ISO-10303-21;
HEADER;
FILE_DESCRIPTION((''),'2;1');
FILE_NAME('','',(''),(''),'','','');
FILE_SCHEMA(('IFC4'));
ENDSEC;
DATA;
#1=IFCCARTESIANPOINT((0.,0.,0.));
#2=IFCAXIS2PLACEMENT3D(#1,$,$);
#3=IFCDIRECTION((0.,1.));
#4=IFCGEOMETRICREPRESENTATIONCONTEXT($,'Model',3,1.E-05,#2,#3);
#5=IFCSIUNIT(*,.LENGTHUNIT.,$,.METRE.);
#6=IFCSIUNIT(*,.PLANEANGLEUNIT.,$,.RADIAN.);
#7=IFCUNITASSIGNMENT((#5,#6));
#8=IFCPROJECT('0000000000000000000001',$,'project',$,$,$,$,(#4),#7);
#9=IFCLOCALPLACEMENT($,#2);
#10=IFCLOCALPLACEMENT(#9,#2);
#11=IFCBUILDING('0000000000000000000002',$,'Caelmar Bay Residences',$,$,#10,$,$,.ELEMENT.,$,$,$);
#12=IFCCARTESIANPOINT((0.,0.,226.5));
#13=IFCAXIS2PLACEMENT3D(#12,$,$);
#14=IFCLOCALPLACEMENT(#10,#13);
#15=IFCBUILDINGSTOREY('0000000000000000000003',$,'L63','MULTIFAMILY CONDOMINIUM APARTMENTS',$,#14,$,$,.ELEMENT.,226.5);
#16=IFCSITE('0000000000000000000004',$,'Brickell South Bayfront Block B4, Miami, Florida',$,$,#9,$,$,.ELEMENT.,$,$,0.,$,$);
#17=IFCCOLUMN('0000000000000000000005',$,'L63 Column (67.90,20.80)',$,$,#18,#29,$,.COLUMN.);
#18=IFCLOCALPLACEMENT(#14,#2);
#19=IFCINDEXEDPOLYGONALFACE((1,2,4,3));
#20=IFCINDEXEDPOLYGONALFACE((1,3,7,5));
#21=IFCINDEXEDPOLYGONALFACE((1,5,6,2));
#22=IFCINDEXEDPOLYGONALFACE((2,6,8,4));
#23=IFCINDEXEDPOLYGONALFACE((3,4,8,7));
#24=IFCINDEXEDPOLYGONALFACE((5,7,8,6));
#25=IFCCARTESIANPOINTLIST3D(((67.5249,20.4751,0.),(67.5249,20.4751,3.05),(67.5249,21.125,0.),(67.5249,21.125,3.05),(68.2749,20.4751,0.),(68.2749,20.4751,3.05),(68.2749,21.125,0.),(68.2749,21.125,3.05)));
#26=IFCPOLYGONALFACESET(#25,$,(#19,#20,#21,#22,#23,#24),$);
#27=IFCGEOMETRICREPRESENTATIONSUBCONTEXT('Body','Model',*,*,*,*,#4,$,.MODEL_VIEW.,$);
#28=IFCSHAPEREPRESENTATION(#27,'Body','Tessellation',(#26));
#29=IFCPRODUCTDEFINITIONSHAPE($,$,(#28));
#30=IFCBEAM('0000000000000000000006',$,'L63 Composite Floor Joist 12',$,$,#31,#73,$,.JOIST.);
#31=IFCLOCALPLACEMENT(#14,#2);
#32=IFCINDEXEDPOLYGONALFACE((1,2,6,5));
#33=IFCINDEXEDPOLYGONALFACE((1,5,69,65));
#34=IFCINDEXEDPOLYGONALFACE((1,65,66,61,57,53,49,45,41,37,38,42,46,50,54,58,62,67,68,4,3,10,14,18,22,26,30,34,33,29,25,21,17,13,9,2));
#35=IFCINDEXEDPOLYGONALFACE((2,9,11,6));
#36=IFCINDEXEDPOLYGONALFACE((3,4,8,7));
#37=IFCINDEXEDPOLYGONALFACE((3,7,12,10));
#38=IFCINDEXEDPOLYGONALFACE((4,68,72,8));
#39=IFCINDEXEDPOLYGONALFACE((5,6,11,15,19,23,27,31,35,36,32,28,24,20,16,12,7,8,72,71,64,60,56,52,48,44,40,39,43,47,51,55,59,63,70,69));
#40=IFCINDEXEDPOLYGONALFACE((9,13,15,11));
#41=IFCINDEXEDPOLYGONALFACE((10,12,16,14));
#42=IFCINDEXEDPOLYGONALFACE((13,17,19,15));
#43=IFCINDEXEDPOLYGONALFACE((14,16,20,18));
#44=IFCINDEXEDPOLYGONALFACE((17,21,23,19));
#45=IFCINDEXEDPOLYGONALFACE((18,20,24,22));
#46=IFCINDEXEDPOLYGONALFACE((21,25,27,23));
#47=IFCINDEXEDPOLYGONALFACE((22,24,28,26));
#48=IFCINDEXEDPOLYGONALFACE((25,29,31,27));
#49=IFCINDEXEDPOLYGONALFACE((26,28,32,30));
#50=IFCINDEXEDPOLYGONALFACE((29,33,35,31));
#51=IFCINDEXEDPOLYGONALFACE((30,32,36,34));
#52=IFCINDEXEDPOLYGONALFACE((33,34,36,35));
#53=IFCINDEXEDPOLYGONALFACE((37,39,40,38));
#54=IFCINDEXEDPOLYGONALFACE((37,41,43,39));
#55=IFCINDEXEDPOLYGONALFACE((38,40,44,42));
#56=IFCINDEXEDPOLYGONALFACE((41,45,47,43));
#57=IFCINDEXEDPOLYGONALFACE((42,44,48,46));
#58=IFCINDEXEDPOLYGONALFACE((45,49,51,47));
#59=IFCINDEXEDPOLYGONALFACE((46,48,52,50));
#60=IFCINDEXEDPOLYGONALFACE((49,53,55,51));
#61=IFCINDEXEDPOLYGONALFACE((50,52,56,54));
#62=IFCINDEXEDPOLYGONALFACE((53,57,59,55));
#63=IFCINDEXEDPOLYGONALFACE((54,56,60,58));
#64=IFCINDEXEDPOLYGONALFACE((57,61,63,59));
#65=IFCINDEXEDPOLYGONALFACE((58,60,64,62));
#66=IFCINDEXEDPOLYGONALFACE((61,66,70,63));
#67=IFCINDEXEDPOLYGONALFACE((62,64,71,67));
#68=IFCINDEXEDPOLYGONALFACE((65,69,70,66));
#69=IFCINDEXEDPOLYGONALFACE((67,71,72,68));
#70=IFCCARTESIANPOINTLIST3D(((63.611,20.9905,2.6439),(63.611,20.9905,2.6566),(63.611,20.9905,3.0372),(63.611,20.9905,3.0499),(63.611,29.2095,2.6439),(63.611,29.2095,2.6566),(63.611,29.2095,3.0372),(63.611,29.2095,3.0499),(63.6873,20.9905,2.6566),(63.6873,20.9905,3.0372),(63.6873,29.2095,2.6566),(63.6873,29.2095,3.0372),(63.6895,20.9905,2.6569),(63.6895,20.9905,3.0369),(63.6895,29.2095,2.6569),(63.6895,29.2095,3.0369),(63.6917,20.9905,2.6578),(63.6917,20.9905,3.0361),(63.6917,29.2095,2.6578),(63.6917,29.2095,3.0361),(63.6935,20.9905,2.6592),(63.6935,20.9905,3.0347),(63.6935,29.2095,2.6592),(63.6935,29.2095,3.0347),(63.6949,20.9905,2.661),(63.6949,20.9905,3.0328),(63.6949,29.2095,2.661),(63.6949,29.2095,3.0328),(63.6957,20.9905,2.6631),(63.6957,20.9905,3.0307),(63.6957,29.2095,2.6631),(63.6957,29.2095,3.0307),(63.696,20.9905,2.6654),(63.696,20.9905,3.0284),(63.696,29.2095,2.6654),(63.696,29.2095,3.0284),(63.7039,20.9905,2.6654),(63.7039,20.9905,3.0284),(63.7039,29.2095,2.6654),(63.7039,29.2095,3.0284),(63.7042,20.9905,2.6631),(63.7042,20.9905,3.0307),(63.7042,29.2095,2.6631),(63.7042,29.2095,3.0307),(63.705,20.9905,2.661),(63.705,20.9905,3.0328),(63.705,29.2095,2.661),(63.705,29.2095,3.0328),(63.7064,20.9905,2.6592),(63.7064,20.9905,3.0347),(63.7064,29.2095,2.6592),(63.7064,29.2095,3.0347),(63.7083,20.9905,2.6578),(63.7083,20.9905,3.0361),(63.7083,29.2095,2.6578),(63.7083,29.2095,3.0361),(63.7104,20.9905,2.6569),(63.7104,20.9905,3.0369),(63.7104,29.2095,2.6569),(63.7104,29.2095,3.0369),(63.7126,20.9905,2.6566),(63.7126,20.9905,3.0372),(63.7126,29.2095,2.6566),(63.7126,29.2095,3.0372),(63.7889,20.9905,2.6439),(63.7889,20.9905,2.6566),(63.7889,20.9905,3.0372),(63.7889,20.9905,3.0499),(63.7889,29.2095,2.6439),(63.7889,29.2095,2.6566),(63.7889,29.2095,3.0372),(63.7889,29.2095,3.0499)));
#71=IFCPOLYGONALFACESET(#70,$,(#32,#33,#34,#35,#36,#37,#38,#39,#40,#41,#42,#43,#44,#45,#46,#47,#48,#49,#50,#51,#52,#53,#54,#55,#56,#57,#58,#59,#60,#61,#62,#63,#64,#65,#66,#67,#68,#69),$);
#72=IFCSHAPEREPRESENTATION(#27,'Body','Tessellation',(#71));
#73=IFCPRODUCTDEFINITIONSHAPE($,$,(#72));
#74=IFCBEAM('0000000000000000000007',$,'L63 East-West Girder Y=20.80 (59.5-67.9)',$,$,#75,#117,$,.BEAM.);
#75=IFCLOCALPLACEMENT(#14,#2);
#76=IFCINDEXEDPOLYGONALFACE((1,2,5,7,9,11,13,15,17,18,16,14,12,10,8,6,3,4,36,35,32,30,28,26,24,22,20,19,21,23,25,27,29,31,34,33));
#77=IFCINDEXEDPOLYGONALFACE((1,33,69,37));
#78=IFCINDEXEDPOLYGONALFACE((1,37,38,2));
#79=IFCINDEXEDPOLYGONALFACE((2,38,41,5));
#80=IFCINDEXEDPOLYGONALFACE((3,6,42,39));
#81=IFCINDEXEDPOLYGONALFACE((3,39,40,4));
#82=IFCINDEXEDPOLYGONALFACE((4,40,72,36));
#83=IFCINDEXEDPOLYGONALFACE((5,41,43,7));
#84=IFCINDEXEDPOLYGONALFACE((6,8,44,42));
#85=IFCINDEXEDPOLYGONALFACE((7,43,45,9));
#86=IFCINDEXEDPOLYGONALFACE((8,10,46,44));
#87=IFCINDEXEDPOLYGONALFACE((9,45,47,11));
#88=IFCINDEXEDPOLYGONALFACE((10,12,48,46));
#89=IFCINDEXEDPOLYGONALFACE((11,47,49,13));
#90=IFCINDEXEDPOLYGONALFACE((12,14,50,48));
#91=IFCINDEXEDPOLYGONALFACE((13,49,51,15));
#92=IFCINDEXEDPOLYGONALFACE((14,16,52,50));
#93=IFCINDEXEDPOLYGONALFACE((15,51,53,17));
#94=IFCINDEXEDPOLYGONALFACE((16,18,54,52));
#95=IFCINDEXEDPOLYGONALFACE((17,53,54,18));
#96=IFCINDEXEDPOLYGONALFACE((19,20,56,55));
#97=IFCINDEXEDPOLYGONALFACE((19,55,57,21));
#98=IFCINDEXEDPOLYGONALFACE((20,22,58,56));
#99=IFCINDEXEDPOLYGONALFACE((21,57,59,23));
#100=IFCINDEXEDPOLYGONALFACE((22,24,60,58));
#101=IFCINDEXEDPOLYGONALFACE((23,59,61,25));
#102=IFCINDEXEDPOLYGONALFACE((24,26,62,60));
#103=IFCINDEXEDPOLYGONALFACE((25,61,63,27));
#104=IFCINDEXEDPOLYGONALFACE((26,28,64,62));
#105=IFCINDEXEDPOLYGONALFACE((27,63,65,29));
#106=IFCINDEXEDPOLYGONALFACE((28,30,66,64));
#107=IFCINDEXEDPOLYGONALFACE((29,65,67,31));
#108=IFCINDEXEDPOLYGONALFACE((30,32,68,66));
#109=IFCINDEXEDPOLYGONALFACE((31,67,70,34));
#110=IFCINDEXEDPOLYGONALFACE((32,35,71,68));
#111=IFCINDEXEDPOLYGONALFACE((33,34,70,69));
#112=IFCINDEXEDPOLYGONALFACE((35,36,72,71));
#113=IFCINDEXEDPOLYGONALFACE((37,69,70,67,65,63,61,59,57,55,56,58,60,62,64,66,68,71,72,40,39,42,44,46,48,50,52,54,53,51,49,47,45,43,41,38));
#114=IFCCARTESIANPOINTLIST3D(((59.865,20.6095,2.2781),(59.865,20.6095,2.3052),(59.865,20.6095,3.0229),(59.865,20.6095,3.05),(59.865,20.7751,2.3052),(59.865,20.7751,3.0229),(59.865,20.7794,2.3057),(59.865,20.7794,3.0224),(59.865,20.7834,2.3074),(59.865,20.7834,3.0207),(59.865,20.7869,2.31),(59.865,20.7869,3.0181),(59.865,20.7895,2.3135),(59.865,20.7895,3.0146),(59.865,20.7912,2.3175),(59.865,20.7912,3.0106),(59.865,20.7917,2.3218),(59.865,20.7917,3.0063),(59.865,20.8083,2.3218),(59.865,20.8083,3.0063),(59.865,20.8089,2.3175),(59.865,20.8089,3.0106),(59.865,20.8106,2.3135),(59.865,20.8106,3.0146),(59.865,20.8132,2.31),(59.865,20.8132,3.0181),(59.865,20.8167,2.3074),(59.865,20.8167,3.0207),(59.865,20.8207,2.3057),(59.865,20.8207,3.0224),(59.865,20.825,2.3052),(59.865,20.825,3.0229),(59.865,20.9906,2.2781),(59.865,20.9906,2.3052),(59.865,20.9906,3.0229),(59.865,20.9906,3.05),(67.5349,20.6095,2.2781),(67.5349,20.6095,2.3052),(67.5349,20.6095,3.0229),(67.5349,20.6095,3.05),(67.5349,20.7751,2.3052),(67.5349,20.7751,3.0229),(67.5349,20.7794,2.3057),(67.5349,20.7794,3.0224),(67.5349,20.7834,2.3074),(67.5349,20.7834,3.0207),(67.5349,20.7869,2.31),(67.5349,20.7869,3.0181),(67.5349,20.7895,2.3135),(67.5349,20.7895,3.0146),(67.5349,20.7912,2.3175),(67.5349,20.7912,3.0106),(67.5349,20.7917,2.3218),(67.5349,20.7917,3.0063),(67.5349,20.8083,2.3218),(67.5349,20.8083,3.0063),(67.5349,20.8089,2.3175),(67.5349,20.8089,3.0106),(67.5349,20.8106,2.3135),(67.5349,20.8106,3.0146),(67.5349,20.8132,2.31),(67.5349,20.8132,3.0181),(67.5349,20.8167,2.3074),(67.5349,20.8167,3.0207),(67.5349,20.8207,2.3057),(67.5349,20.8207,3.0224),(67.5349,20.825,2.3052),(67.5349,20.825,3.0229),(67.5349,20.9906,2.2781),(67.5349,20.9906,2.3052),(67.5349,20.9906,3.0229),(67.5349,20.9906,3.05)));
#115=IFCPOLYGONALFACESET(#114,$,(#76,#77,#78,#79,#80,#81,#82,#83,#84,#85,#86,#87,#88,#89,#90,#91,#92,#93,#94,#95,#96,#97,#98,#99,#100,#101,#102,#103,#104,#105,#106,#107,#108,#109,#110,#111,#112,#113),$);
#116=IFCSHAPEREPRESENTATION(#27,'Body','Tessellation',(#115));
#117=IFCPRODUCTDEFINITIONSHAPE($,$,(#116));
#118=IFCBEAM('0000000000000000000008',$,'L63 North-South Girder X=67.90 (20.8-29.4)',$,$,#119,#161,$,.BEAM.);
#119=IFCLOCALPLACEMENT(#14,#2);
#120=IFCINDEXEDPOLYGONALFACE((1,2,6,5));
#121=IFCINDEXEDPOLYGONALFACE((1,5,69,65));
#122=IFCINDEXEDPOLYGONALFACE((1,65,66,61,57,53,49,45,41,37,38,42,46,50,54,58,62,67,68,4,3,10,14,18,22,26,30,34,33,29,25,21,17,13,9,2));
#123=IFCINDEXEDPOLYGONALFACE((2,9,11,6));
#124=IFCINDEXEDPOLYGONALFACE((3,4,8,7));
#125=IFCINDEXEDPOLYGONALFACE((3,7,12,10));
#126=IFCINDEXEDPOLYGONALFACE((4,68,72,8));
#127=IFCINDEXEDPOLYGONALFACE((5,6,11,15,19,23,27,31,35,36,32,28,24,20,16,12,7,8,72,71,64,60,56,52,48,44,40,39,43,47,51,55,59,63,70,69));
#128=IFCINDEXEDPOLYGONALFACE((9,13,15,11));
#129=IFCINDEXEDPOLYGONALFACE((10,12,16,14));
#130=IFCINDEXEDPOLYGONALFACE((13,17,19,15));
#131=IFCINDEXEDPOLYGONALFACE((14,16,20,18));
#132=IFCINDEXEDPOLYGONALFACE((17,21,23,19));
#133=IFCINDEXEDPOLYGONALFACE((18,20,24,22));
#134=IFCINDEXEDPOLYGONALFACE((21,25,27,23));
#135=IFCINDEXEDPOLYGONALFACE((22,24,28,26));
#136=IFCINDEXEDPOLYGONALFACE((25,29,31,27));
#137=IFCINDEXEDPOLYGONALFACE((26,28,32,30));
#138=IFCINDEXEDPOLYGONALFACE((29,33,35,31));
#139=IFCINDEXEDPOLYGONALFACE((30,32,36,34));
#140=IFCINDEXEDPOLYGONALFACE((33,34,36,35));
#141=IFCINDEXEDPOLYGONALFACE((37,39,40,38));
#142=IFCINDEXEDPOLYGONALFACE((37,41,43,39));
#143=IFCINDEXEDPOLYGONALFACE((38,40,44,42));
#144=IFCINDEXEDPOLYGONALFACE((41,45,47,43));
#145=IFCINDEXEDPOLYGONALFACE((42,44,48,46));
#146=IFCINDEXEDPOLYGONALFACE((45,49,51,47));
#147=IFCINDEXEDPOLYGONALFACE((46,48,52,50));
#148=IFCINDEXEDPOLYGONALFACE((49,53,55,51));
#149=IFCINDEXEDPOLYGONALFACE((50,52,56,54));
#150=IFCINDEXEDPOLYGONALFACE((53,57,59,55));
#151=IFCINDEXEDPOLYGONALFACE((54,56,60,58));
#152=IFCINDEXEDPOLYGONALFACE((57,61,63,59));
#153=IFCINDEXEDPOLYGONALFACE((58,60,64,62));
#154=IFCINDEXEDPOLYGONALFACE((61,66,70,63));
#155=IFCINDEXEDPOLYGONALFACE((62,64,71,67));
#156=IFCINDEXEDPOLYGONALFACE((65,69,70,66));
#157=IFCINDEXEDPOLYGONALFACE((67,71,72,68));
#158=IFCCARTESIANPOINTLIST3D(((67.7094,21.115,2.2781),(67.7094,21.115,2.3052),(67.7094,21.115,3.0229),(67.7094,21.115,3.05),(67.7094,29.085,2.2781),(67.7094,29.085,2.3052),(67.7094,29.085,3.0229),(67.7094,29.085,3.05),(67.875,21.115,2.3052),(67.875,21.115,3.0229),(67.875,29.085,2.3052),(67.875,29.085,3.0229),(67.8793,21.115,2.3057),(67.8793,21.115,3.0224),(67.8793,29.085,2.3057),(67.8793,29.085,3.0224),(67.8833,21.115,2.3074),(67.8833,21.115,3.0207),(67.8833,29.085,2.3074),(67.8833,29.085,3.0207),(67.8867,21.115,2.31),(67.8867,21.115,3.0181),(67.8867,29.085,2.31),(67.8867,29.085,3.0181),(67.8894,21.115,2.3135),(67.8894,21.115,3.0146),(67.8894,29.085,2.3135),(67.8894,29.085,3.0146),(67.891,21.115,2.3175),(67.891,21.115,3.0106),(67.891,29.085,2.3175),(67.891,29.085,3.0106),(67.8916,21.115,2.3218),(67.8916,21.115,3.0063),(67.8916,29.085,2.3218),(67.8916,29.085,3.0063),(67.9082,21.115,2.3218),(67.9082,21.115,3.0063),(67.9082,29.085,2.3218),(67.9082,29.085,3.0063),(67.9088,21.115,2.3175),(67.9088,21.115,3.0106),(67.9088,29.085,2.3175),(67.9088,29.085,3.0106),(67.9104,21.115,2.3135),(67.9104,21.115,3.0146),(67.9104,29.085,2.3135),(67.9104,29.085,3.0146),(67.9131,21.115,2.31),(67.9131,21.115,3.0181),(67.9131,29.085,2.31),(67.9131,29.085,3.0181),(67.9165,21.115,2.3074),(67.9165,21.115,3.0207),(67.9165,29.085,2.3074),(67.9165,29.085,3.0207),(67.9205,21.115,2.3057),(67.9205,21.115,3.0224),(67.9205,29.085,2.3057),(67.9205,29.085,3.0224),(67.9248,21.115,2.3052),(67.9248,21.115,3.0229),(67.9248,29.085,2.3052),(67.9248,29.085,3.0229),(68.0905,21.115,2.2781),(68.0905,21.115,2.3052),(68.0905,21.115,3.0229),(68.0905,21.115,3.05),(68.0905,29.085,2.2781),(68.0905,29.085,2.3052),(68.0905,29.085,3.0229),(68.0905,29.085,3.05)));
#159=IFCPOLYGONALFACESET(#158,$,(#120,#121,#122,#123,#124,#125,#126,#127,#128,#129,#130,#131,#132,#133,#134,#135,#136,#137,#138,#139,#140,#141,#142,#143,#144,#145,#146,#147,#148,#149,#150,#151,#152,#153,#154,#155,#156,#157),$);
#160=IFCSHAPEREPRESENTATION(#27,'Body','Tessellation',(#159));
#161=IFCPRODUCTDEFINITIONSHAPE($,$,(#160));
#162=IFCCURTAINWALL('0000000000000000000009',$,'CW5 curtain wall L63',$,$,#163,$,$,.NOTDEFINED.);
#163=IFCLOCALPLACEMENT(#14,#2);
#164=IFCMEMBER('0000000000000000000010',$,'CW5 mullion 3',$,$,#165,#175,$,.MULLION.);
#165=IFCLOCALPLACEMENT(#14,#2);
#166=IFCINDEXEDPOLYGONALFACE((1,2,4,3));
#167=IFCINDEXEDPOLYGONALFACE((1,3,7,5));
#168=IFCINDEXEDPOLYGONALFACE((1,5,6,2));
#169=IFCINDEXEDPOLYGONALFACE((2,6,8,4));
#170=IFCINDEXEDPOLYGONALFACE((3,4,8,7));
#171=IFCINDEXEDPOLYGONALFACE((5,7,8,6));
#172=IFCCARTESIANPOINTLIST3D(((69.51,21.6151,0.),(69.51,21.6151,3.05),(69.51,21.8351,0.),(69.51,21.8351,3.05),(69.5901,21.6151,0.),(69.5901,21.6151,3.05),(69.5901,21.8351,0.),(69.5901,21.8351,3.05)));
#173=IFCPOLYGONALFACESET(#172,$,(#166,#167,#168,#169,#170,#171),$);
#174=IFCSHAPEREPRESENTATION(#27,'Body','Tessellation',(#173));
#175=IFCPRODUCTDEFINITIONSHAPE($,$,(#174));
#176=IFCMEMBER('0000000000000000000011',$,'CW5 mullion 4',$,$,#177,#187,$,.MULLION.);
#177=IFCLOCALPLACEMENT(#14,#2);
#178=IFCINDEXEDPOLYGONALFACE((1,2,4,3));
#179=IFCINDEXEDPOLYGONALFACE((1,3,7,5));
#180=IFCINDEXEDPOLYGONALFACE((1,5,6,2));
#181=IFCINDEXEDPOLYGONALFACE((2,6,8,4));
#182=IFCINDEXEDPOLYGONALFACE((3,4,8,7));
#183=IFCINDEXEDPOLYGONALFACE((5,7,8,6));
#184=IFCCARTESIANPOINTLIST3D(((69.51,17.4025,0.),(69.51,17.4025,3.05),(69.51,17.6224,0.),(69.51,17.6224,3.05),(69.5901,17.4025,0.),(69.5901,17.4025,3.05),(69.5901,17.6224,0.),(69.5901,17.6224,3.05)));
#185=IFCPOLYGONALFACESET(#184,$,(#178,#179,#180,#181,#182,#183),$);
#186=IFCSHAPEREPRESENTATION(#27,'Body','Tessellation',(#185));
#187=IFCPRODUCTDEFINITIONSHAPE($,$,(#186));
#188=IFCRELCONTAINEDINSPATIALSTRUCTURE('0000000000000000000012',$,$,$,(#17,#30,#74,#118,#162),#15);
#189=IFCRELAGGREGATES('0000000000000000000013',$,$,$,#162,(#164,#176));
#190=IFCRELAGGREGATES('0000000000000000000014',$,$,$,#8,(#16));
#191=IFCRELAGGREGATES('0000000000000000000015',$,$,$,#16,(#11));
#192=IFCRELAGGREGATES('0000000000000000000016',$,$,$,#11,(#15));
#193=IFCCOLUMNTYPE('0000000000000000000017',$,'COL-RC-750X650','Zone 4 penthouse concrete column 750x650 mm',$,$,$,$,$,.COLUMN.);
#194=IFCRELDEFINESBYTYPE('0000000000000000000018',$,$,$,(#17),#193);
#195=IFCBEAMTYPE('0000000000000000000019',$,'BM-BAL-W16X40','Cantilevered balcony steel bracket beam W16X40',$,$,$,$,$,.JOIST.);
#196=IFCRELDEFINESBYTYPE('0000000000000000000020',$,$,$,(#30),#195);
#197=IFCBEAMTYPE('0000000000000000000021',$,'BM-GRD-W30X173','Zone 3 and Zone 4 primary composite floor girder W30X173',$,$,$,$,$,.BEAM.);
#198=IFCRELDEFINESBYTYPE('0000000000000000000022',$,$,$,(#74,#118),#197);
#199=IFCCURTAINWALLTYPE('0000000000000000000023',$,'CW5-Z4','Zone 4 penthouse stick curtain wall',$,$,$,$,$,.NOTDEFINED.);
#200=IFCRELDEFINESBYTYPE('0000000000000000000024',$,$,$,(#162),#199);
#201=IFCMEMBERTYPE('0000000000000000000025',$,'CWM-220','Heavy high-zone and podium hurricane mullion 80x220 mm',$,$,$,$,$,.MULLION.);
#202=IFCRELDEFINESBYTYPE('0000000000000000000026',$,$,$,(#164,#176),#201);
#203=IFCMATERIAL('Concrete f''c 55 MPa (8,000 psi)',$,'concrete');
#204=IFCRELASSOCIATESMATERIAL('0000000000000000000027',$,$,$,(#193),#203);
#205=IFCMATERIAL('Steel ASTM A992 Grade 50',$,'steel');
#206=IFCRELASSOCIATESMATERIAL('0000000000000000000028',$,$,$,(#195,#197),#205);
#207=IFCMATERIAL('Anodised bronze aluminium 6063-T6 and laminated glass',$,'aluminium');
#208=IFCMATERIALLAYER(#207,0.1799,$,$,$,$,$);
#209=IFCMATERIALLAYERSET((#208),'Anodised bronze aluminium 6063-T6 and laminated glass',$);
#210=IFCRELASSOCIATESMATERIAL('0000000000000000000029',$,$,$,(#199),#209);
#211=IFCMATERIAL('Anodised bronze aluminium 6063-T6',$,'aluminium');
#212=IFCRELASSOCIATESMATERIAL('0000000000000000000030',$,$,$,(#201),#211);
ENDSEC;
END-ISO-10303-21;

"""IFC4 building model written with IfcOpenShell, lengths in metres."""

from ifc_helpers import new_model, si_unit, direction, frame, origin, origin_2d, place, context, subcontext, project, spatial, rectangle, i_section, extrude, material, layer, layer_set, material_profile, profile_set, type_object, element, aggregate, save


model = new_model("IFC4")

# Units and contexts
model_context = context("Model", 3, precision=1e-05, world=origin(), true_north=direction((0.0, 1.0)))
body_context = subcontext(model_context, "Body", "Model", "MODEL_VIEW")
ifc_project = project(units=[si_unit("LENGTHUNIT", "METRE"), si_unit("PLANEANGLEUNIT", "RADIAN")], contexts=[model_context])

# Site, building, storey
site_placement = place(None, origin())
site = spatial("IfcSite", under=ifc_project, at=site_placement, Name="Brickell South Bayfront Block B4, Miami, Florida", CompositionType="ELEMENT", RefElevation=0.0)
building_placement = place(site_placement, origin())
building = spatial("IfcBuilding", under=site, at=building_placement, Name="Caelmar Bay Residences", CompositionType="ELEMENT")
storey_placement = place(building_placement, frame((0.0, 0.0, 226.5)))
storey = spatial("IfcBuildingStorey", under=building, at=storey_placement, Name="L63", Description="MULTIFAMILY CONDOMINIUM APARTMENTS", CompositionType="ELEMENT", Elevation=226.5)

# Column
ifc_material_1 = material(Name="Concrete f'c 55 MPa (8,000 psi)", Category="concrete")
ifc_material_profile_1 = material_profile(ifc_material_1, rectangle(XDim=0.75, YDim=0.6499, at=origin_2d()), Name="RC-COL-750X650")
ifc_profile_set_1 = profile_set([ifc_material_profile_1], Name="Concrete f'c 55 MPa (8,000 psi)")
column_type = type_object("IfcColumnType", Name="COL-RC-750X650", Description="Zone 4 penthouse concrete column 750x650 mm", PredefinedType="COLUMN", material=ifc_profile_set_1)
column_placement = place(storey_placement, frame((67.8999, 20.8, 0.0), z_axis=(0.0, 0.0, 1.0), x_axis=(1.0, 0.0, 0.0)))
element("IfcColumn", 1, at=column_placement, inside=storey, type_object=column_type, Name="L63 Column (67.90,20.80)", PredefinedType="COLUMN", context=body_context, shape_type="SweptSolid", body=[
    extrude(rectangle(XDim=0.75, YDim=0.6499, at=origin_2d()), origin(), (0.0, 0.0, 1.0), 3.05),
])

# Beams
ifc_material_2 = material(Name="Steel ASTM A992 Grade 50", Category="steel")
ifc_material_profile_2 = material_profile(ifc_material_2, i_section(OverallWidth=0.178, OverallDepth=0.406, WebThickness=0.0078, FlangeThickness=0.0127, FilletRadius=0.0088, at=origin_2d()), Name="W16X40")
ifc_profile_set_2 = profile_set([ifc_material_profile_2], Name="Steel ASTM A992 Grade 50")
beam_type_1 = type_object("IfcBeamType", Name="BM-BAL-W16X40", Description="Cantilevered balcony steel bracket beam W16X40", PredefinedType="JOIST", material=ifc_profile_set_2)
beam_1_placement = place(storey_placement, frame((63.7, 20.9905, 2.8469), z_axis=(0.0, 1.0, 0.0), x_axis=(-1.0, 0.0, 0.0)))
element("IfcBeam", 2, at=beam_1_placement, inside=storey, type_object=beam_type_1, Name="L63 Composite Floor Joist 12", PredefinedType="JOIST", context=body_context, shape_type="SweptSolid", body=[
    extrude(i_section(OverallWidth=0.178, OverallDepth=0.406, WebThickness=0.0078, FlangeThickness=0.0127, FilletRadius=0.0088, at=origin_2d()), origin(), (0.0, 0.0, 1.0), 8.219),
])
ifc_material_profile_3 = material_profile(ifc_material_2, i_section(OverallWidth=0.3811, OverallDepth=0.772, WebThickness=0.0166, FlangeThickness=0.0271, FilletRadius=0.0166, at=origin_2d()), Name="W30X173")
ifc_profile_set_3 = profile_set([ifc_material_profile_3], Name="Steel ASTM A992 Grade 50")
beam_type_2 = type_object("IfcBeamType", Name="BM-GRD-W30X173", Description="Zone 3 and Zone 4 primary composite floor girder W30X173", PredefinedType="BEAM", material=ifc_profile_set_3)
beam_2_placement = place(storey_placement, frame((59.865, 20.8, 2.6641), z_axis=(1.0, 0.0, 0.0), x_axis=(0.0, 1.0, 0.0)))
element("IfcBeam", 3, at=beam_2_placement, inside=storey, type_object=beam_type_2, Name="L63 East-West Girder Y=20.80 (59.5-67.9)", PredefinedType="BEAM", context=body_context, shape_type="SweptSolid", body=[
    extrude(i_section(OverallWidth=0.3811, OverallDepth=0.772, WebThickness=0.0166, FlangeThickness=0.0271, FilletRadius=0.0166, at=origin_2d()), origin(), (0.0, 0.0, 1.0), 7.6699),
])
beam_3_placement = place(storey_placement, frame((67.8999, 21.115, 2.6641), z_axis=(0.0, 1.0, 0.0), x_axis=(-1.0, 0.0, 0.0)))
element("IfcBeam", 4, at=beam_3_placement, inside=storey, type_object=beam_type_2, Name="L63 North-South Girder X=67.90 (20.8-29.4)", PredefinedType="BEAM", context=body_context, shape_type="SweptSolid", body=[
    extrude(i_section(OverallWidth=0.3811, OverallDepth=0.772, WebThickness=0.0166, FlangeThickness=0.0271, FilletRadius=0.0166, at=origin_2d()), origin(), (0.0, 0.0, 1.0), 7.97),
])

# Curtain wall, members
ifc_material_3 = material(Name="Anodised bronze aluminium 6063-T6 and laminated glass", Category="aluminium")
ifc_layer_1 = layer(ifc_material_3, 0.1799)
ifc_layer_set_1 = layer_set([ifc_layer_1], Name="Anodised bronze aluminium 6063-T6 and laminated glass")
curtain_wall_type = type_object("IfcCurtainWallType", Name="CW5-Z4", Description="Zone 4 penthouse stick curtain wall", PredefinedType="NOTDEFINED", material=ifc_layer_set_1)
curtain_wall_placement = place(storey_placement, origin())
curtain_wall = element("IfcCurtainWall", 5, at=curtain_wall_placement, inside=storey, type_object=curtain_wall_type, Name="CW5 curtain wall L63", PredefinedType="NOTDEFINED")
ifc_material_4 = material(Name="Anodised bronze aluminium 6063-T6", Category="aluminium")
ifc_material_profile_4 = material_profile(ifc_material_4, rectangle(XDim=0.0801, YDim=0.22, at=origin_2d()), Name="CWM-80X220")
ifc_profile_set_4 = profile_set([ifc_material_profile_4], Name="Anodised bronze aluminium 6063-T6")
member_type_1 = type_object("IfcMemberType", Name="CWM-220", Description="Heavy high-zone and podium hurricane mullion 80x220 mm", PredefinedType="MULLION", material=ifc_profile_set_4)
member_1_placement = place(storey_placement, frame((69.55, 21.7251, 0.0), z_axis=(0.0, 0.0, 1.0), x_axis=(1.0, 0.0, 0.0)))
member_1 = element("IfcMember", 6, at=member_1_placement, type_object=member_type_1, Name="CW5 mullion 3", PredefinedType="MULLION", context=body_context, shape_type="SweptSolid", body=[
    extrude(rectangle(XDim=0.0801, YDim=0.22, at=origin_2d()), origin(), (0.0, 0.0, 1.0), 3.05),
])
member_2_placement = place(storey_placement, frame((69.55, 17.5125, 0.0), z_axis=(0.0, 0.0, 1.0), x_axis=(1.0, 0.0, 0.0)))
member_2 = element("IfcMember", 7, at=member_2_placement, type_object=member_type_1, Name="CW5 mullion 4", PredefinedType="MULLION", context=body_context, shape_type="SweptSolid", body=[
    extrude(rectangle(XDim=0.0801, YDim=0.22, at=origin_2d()), origin(), (0.0, 0.0, 1.0), 3.05),
])
aggregate(curtain_wall, [member_1, member_2])

save(model, "model.ifc")
